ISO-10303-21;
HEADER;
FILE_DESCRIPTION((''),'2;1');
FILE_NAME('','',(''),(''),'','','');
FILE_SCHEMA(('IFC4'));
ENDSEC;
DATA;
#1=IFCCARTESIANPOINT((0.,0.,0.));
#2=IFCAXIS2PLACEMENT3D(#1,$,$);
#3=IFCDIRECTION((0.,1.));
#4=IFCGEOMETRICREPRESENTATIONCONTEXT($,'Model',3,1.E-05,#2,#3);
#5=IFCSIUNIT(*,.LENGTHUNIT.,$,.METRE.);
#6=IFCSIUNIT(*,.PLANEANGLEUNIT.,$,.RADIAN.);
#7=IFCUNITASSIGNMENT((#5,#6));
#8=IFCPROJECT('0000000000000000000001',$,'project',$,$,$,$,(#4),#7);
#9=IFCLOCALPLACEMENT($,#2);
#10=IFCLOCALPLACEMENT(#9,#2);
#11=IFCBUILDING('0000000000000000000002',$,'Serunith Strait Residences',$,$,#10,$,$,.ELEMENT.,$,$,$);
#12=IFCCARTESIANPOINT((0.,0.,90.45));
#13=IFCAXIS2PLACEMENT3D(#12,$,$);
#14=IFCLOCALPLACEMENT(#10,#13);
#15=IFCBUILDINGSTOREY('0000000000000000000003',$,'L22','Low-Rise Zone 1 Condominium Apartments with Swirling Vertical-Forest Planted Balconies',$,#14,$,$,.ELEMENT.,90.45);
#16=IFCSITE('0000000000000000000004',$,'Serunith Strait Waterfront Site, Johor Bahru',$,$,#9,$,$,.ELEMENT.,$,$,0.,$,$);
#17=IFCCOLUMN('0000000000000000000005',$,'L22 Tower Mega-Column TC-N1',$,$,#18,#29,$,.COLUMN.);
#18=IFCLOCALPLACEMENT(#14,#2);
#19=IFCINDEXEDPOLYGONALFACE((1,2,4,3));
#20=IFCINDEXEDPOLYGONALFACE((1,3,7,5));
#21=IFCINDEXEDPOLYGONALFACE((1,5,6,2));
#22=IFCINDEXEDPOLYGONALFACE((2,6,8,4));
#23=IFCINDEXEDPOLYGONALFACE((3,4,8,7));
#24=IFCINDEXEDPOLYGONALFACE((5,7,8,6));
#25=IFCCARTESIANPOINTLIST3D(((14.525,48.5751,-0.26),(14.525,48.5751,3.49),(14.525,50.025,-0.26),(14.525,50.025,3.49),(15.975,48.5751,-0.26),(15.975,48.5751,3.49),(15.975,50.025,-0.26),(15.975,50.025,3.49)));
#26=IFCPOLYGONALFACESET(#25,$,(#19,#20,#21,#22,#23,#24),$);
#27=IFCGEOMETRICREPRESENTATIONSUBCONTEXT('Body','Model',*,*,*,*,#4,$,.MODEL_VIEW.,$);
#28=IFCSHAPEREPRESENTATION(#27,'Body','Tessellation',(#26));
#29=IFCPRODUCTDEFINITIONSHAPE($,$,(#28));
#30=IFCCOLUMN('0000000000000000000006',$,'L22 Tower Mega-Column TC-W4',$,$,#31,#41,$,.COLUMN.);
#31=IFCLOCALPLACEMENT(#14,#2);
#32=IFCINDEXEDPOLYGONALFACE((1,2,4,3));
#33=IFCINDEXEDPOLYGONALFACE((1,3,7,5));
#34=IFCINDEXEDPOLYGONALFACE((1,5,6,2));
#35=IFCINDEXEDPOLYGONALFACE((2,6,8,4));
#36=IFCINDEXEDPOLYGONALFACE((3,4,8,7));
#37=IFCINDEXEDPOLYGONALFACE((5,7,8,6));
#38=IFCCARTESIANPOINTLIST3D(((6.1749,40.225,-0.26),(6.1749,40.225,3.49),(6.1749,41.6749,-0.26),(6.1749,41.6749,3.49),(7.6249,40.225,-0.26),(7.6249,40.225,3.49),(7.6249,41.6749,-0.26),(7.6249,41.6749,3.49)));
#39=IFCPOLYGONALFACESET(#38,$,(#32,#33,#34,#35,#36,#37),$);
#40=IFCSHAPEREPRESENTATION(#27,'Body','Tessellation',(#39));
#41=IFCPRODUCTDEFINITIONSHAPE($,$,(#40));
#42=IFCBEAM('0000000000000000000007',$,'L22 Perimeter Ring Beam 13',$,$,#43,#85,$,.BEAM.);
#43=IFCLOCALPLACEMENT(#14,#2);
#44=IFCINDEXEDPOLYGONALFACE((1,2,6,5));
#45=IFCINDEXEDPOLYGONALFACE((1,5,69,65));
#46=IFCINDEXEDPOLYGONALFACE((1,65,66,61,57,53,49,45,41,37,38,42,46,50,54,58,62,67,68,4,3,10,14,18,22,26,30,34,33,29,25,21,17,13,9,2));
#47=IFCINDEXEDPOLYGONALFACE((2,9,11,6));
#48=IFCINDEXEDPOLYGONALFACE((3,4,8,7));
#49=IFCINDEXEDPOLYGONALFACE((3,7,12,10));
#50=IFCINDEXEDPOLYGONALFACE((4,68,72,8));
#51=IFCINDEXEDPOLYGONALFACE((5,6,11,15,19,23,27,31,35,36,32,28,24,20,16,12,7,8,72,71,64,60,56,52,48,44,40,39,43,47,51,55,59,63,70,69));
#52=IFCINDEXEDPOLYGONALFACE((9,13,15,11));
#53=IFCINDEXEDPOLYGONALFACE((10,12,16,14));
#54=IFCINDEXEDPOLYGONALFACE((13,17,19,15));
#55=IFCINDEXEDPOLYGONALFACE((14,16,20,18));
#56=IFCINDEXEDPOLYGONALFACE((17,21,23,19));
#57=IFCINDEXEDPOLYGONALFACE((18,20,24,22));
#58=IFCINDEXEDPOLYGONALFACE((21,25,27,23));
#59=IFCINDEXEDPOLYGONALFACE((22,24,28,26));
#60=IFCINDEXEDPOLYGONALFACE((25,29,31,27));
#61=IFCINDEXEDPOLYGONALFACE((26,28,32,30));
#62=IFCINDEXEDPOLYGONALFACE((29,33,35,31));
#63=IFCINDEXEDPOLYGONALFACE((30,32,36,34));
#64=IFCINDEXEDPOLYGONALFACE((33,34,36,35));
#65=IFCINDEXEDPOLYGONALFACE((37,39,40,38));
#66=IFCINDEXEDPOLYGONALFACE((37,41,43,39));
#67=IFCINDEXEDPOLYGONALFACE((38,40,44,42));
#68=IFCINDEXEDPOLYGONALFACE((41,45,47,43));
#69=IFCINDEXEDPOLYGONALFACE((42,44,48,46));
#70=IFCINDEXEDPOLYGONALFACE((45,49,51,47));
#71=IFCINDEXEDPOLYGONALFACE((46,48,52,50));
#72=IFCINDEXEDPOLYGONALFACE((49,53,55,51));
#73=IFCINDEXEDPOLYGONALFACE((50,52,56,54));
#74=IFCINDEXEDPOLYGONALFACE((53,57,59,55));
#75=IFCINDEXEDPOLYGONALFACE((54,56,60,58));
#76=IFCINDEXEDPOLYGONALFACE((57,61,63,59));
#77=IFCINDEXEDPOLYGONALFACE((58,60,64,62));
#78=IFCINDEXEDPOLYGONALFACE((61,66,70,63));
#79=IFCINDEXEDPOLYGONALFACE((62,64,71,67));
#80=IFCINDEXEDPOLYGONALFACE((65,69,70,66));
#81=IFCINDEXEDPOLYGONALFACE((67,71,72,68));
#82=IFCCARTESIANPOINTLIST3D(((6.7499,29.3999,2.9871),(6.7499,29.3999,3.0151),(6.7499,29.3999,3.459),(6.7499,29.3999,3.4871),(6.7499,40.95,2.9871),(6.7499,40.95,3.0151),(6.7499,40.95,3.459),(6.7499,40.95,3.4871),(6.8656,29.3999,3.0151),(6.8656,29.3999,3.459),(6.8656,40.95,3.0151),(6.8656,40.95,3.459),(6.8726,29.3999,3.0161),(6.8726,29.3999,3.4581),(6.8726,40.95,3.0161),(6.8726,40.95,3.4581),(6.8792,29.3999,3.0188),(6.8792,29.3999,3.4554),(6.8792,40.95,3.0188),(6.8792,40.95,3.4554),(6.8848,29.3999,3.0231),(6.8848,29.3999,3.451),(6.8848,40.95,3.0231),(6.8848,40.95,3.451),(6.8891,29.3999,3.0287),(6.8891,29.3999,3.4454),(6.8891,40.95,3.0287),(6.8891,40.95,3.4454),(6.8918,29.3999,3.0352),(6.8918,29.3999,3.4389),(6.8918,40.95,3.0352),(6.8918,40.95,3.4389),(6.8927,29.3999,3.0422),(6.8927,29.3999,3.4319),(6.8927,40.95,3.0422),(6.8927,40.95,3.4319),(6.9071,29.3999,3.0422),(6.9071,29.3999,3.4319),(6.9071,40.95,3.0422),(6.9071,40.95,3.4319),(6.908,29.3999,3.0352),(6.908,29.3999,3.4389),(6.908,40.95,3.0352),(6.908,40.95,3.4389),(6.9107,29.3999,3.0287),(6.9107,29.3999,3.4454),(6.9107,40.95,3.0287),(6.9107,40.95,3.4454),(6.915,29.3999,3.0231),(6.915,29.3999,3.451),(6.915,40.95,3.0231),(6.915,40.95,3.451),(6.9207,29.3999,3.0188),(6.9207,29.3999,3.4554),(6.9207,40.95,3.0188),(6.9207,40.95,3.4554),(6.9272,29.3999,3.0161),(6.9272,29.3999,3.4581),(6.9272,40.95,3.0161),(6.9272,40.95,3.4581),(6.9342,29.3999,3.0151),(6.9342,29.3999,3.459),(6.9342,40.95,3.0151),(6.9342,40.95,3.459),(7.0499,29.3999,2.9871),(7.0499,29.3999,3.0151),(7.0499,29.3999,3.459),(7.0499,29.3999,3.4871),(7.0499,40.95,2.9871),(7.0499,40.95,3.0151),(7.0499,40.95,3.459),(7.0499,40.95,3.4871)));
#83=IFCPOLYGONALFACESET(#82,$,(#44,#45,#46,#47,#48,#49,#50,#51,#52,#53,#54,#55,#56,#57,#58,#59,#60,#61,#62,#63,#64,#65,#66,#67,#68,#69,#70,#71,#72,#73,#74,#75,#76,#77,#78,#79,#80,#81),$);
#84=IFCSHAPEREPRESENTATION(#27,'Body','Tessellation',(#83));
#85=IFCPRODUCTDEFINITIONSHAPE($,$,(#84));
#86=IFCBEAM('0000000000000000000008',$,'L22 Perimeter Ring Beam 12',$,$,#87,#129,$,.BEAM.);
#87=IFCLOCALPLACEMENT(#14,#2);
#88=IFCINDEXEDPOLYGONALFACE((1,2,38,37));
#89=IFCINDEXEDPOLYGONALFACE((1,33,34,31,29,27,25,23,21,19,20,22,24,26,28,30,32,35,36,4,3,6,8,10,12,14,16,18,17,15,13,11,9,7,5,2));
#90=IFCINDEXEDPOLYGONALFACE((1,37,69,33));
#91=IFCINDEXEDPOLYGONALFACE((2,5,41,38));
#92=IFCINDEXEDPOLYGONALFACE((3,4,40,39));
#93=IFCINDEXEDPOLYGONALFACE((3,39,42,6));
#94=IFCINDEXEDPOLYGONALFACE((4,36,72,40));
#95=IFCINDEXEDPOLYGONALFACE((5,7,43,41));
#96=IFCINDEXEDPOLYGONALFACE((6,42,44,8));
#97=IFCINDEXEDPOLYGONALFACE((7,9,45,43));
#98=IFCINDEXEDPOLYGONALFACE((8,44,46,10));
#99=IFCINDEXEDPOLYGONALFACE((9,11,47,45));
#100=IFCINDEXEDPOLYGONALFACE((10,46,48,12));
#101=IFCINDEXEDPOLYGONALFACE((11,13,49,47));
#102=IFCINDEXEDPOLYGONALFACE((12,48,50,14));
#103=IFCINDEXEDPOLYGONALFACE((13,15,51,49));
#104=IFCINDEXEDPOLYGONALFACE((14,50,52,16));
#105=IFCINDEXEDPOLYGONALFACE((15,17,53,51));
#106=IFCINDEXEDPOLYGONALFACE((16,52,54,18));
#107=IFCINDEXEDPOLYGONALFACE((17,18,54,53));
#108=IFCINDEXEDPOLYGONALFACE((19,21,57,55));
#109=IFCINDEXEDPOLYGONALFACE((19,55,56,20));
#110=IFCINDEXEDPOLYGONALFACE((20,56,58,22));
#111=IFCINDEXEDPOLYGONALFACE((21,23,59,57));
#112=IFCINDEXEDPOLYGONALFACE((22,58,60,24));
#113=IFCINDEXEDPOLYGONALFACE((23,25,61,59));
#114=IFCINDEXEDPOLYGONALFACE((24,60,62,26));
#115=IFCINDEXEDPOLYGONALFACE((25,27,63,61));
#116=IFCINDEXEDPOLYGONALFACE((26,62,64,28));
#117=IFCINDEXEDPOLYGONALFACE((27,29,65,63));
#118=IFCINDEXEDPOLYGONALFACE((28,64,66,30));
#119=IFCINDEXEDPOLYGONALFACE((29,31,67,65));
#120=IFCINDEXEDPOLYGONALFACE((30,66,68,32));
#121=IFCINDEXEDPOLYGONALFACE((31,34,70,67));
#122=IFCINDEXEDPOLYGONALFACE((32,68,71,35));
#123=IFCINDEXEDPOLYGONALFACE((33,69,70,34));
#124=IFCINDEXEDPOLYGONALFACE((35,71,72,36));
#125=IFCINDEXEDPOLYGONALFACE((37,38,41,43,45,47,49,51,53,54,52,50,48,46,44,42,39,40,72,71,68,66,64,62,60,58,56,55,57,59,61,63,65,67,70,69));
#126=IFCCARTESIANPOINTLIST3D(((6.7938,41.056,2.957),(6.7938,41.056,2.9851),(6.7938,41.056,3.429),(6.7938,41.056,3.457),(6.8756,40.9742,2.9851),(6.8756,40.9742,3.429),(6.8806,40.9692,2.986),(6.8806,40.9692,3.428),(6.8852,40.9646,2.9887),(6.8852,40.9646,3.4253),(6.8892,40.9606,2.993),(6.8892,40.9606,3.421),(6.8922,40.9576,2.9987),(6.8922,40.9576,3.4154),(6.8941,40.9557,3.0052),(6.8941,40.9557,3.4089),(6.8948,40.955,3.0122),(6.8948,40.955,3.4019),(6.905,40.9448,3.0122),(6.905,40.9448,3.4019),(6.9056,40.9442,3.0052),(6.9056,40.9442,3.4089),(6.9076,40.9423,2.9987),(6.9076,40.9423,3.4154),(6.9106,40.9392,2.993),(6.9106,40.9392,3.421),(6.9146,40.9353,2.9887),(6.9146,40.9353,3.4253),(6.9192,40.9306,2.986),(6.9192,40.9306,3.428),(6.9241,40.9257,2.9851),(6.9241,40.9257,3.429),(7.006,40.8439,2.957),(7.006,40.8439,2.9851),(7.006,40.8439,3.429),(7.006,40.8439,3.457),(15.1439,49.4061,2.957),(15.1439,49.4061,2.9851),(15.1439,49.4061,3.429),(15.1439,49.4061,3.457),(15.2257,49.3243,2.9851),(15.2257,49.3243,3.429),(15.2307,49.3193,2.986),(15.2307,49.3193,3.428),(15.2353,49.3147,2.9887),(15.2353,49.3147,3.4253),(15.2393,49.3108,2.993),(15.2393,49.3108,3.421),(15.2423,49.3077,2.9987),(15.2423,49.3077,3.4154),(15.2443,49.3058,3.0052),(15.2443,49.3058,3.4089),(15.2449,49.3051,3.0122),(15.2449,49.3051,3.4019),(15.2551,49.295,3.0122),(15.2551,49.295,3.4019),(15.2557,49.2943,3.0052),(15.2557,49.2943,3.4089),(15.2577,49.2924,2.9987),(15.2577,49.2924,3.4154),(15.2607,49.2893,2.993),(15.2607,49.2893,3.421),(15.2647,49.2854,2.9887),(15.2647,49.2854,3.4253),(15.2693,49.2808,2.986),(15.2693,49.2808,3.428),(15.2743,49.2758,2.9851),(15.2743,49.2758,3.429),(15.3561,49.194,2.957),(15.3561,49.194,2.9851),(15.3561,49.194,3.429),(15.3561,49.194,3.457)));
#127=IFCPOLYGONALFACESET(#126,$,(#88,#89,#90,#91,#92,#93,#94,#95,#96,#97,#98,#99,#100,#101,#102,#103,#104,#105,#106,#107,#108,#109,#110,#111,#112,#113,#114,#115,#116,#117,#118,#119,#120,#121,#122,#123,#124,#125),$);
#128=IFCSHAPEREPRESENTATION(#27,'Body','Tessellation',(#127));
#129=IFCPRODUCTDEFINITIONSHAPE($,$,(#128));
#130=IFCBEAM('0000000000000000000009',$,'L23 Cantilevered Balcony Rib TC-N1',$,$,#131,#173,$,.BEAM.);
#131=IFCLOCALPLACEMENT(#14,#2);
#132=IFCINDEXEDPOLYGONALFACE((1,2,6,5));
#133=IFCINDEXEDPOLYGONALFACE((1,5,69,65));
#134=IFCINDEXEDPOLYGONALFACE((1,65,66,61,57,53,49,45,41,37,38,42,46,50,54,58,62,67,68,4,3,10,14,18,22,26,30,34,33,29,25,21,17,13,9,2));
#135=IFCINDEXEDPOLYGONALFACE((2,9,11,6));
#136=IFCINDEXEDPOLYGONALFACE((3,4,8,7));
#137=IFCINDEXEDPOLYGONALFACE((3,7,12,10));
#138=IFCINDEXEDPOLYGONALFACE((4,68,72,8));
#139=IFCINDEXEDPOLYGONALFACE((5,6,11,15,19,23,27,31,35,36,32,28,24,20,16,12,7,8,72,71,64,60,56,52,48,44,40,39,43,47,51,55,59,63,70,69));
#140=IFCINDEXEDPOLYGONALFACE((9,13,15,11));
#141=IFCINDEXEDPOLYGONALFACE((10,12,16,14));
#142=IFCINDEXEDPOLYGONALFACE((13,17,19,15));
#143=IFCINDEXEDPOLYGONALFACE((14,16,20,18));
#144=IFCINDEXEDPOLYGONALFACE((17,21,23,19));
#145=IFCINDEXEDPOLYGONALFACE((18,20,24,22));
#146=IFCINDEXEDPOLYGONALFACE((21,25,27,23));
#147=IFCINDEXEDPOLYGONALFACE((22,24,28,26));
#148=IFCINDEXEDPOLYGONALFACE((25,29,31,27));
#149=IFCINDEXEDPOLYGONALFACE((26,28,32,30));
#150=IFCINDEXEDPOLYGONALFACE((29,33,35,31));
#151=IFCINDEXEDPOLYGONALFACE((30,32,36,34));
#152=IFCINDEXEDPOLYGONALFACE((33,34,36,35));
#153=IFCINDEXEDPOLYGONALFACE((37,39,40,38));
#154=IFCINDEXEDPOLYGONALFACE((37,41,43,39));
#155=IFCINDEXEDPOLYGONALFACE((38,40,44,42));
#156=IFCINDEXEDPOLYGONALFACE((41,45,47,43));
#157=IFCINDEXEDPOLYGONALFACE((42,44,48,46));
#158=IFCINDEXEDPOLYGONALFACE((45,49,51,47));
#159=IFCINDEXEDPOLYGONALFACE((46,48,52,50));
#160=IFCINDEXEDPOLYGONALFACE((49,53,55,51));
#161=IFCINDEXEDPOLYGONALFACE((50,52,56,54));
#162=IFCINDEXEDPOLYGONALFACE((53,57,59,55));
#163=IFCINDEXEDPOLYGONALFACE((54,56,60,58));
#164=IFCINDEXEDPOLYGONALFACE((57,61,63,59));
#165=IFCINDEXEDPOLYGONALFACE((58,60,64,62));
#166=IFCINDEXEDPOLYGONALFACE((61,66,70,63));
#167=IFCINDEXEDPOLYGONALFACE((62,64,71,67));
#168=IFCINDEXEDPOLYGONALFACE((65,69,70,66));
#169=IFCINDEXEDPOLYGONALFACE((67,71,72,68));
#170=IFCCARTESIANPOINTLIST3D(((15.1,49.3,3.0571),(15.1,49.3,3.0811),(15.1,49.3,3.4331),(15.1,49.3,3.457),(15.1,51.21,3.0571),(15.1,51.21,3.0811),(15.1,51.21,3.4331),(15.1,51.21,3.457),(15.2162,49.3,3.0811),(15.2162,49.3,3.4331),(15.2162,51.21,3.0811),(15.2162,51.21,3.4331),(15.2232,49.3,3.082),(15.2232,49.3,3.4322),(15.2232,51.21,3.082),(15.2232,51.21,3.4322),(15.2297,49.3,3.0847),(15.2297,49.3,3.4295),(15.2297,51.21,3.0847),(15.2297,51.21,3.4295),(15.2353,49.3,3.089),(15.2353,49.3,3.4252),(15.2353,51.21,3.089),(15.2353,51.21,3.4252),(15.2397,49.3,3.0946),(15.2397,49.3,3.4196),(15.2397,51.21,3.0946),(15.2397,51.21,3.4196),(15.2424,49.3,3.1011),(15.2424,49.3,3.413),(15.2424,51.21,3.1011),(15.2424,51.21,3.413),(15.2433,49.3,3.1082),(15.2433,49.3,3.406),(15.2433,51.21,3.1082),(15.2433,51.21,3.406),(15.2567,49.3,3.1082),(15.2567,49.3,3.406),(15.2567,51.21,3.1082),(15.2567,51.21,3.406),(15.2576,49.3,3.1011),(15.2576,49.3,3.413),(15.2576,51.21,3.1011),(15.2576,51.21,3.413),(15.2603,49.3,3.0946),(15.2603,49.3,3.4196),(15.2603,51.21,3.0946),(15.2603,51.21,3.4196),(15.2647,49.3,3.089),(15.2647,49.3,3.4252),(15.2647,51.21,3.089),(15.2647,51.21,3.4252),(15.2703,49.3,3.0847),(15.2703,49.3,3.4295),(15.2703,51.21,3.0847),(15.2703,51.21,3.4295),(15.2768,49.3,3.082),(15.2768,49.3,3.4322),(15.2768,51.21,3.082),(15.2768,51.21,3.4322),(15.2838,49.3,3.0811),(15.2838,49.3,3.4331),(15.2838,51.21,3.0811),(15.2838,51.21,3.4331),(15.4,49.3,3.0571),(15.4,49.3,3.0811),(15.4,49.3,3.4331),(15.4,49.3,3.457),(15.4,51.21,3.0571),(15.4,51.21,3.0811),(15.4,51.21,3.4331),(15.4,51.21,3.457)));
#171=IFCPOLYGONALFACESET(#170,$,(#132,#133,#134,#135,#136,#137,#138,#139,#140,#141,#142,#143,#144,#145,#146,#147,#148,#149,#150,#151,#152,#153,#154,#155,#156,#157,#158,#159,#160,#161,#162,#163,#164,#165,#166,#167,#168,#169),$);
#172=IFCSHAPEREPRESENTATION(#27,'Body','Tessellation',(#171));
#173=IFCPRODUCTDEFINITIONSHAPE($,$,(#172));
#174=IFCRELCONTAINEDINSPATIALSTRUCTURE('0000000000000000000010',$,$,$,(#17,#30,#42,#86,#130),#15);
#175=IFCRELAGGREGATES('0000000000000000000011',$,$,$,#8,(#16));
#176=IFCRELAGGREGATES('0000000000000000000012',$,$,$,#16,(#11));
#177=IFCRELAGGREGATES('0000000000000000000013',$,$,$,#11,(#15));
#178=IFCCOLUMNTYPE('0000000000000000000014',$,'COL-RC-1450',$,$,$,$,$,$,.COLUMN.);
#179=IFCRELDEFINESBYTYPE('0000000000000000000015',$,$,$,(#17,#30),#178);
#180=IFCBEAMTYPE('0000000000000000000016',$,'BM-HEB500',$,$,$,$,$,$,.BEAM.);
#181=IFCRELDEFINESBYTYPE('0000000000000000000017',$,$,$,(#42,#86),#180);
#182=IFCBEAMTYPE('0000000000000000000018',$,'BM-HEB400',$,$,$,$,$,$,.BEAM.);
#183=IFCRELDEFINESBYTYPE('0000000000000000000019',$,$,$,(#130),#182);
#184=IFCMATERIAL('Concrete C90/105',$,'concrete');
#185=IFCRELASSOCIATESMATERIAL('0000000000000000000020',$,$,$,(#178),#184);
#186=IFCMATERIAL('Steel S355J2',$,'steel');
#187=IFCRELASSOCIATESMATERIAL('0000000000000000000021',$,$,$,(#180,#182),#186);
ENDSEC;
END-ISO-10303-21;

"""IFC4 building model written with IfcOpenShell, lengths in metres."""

from ifc_helpers import new_model, si_unit, direction, frame, origin, origin_2d, place, context, subcontext, project, spatial, rectangle, i_section, extrude, source, transform, mapped, material, material_profile, profile_set, type_object, element, save


model = new_model("IFC4")

# Units and contexts
model_context = context("Model", 3, precision=1e-05, world=origin(), true_north=direction((0.0, 1.0)))
body_context = subcontext(model_context, "Body", "Model", "MODEL_VIEW")
ifc_project = project(units=[si_unit("LENGTHUNIT", "METRE"), si_unit("PLANEANGLEUNIT", "RADIAN")], contexts=[model_context])

# Site, building, storey
site_placement = place(None, origin())
site = spatial("IfcSite", under=ifc_project, at=site_placement, Name="Serunith Strait Waterfront Site, Johor Bahru", CompositionType="ELEMENT", RefElevation=0.0)
building_placement = place(site_placement, origin())
building = spatial("IfcBuilding", under=site, at=building_placement, Name="Serunith Strait Residences", CompositionType="ELEMENT")
storey_placement = place(building_placement, frame((0.0, 0.0, 90.45)))
storey = spatial("IfcBuildingStorey", under=building, at=storey_placement, Name="L22", Description="Low-Rise Zone 1 Condominium Apartments with Swirling Vertical-Forest Planted Balconies", CompositionType="ELEMENT", Elevation=90.45)

# Columns
ifc_material_1 = material(Name="Concrete C90/105", Category="concrete")
ifc_material_profile_1 = material_profile(ifc_material_1, rectangle(XDim=1.45, YDim=1.45, at=origin_2d()), Name="RC 1450x1450")
ifc_profile_set_1 = profile_set([ifc_material_profile_1], Name="Concrete C90/105")
column_type = type_object("IfcColumnType", Name="COL-RC-1450", PredefinedType="COLUMN", material=ifc_profile_set_1)
shared_shape_1 = source(origin(), body_context, "Body", "SweptSolid", [
    extrude(rectangle(XDim=1.45, YDim=1.45, at=origin_2d()), origin(), (0.0, 0.0, 1.0), 3.75),
])
for number, where, z_axis, x_axis, name in (
    (1, (15.25, 49.3, -0.26), (0.0, 0.0, 1.0), (1.0, 0.0, 0.0), "L22 Tower Mega-Column TC-N1"),
    (2, (6.8999, 40.95, -0.26), (0.0, 0.0, 1.0), (1.0, 0.0, 0.0), "L22 Tower Mega-Column TC-W4"),
):
    element("IfcColumn", number, at=place(storey_placement, frame(where, z_axis=z_axis, x_axis=x_axis)), inside=storey, type_object=column_type, Name=name, PredefinedType="COLUMN", context=body_context, shape_type="MappedRepresentation", body=[
        mapped(shared_shape_1, transform((0.0, 0.0, 0.0), scale=1.0)),
    ])

# Beams
ifc_material_2 = material(Name="Steel S355J2", Category="steel")
ifc_material_profile_2 = material_profile(ifc_material_2, i_section(OverallWidth=0.3, OverallDepth=0.5, WebThickness=0.0144, FlangeThickness=0.0281, FilletRadius=0.0271, at=origin_2d()), Name="HEB 500")
ifc_profile_set_2 = profile_set([ifc_material_profile_2], Name="Steel S355J2")
beam_type_1 = type_object("IfcBeamType", Name="BM-HEB500", PredefinedType="BEAM", material=ifc_profile_set_2)
shared_shape_2 = source(origin(), body_context, "Body", "SweptSolid", [
    extrude(i_section(OverallWidth=0.3, OverallDepth=0.5, WebThickness=0.0144, FlangeThickness=0.0281, FilletRadius=0.0271, at=origin_2d()), origin(), (0.0, 0.0, 1.0), 11.55),
])
beam_1_placement = place(storey_placement, frame((6.8999, 40.95, 3.2371), z_axis=(0.0, -1.0, 0.0), x_axis=(1.0, 0.0, 0.0)))
element("IfcBeam", 3, at=beam_1_placement, inside=storey, type_object=beam_type_1, Name="L22 Perimeter Ring Beam 13", PredefinedType="BEAM", context=body_context, shape_type="MappedRepresentation", body=[
    mapped(shared_shape_2, transform((0.0, 0.0, 0.0), scale=1.0)),
])
shared_shape_3 = source(origin(), body_context, "Body", "SweptSolid", [
    extrude(i_section(OverallWidth=0.3, OverallDepth=0.5, WebThickness=0.0144, FlangeThickness=0.0281, FilletRadius=0.0271, at=origin_2d()), origin(), (0.0, 0.0, 1.0), 11.8088),
])
beam_2_placement = place(storey_placement, frame((15.25, 49.3, 3.207), z_axis=(-0.707107, -0.707107, 0.0), x_axis=(0.707107, -0.707107, 0.0)))
element("IfcBeam", 4, at=beam_2_placement, inside=storey, type_object=beam_type_1, Name="L22 Perimeter Ring Beam 12", PredefinedType="BEAM", context=body_context, shape_type="MappedRepresentation", body=[
    mapped(shared_shape_3, transform((0.0, 0.0, 0.0), scale=1.0)),
])
ifc_material_profile_3 = material_profile(ifc_material_2, i_section(OverallWidth=0.3, OverallDepth=0.3999, WebThickness=0.0134, FlangeThickness=0.0239, FilletRadius=0.0271, at=origin_2d()), Name="HEB 400")
ifc_profile_set_3 = profile_set([ifc_material_profile_3], Name="Steel S355J2")
beam_type_2 = type_object("IfcBeamType", Name="BM-HEB400", PredefinedType="BEAM", material=ifc_profile_set_3)
shared_shape_4 = source(origin(), body_context, "Body", "SweptSolid", [
    extrude(i_section(OverallWidth=0.3, OverallDepth=0.3999, WebThickness=0.0134, FlangeThickness=0.0239, FilletRadius=0.0271, at=origin_2d()), origin(), (0.0, 0.0, 1.0), 1.9099),
])
for number, where, z_axis, x_axis, name in (
    (5, (15.25, 49.3, 3.2571), (0.0, 1.0, 0.0), (-1.0, 0.0, 0.0), "L23 Cantilevered Balcony Rib TC-N1"),
):
    element("IfcBeam", number, at=place(storey_placement, frame(where, z_axis=z_axis, x_axis=x_axis)), inside=storey, type_object=beam_type_2, Name=name, PredefinedType="BEAM", context=body_context, shape_type="MappedRepresentation", body=[
        mapped(shared_shape_4, transform((0.0, 0.0, 0.0), scale=1.0)),
    ])

save(model, "model.ifc")
